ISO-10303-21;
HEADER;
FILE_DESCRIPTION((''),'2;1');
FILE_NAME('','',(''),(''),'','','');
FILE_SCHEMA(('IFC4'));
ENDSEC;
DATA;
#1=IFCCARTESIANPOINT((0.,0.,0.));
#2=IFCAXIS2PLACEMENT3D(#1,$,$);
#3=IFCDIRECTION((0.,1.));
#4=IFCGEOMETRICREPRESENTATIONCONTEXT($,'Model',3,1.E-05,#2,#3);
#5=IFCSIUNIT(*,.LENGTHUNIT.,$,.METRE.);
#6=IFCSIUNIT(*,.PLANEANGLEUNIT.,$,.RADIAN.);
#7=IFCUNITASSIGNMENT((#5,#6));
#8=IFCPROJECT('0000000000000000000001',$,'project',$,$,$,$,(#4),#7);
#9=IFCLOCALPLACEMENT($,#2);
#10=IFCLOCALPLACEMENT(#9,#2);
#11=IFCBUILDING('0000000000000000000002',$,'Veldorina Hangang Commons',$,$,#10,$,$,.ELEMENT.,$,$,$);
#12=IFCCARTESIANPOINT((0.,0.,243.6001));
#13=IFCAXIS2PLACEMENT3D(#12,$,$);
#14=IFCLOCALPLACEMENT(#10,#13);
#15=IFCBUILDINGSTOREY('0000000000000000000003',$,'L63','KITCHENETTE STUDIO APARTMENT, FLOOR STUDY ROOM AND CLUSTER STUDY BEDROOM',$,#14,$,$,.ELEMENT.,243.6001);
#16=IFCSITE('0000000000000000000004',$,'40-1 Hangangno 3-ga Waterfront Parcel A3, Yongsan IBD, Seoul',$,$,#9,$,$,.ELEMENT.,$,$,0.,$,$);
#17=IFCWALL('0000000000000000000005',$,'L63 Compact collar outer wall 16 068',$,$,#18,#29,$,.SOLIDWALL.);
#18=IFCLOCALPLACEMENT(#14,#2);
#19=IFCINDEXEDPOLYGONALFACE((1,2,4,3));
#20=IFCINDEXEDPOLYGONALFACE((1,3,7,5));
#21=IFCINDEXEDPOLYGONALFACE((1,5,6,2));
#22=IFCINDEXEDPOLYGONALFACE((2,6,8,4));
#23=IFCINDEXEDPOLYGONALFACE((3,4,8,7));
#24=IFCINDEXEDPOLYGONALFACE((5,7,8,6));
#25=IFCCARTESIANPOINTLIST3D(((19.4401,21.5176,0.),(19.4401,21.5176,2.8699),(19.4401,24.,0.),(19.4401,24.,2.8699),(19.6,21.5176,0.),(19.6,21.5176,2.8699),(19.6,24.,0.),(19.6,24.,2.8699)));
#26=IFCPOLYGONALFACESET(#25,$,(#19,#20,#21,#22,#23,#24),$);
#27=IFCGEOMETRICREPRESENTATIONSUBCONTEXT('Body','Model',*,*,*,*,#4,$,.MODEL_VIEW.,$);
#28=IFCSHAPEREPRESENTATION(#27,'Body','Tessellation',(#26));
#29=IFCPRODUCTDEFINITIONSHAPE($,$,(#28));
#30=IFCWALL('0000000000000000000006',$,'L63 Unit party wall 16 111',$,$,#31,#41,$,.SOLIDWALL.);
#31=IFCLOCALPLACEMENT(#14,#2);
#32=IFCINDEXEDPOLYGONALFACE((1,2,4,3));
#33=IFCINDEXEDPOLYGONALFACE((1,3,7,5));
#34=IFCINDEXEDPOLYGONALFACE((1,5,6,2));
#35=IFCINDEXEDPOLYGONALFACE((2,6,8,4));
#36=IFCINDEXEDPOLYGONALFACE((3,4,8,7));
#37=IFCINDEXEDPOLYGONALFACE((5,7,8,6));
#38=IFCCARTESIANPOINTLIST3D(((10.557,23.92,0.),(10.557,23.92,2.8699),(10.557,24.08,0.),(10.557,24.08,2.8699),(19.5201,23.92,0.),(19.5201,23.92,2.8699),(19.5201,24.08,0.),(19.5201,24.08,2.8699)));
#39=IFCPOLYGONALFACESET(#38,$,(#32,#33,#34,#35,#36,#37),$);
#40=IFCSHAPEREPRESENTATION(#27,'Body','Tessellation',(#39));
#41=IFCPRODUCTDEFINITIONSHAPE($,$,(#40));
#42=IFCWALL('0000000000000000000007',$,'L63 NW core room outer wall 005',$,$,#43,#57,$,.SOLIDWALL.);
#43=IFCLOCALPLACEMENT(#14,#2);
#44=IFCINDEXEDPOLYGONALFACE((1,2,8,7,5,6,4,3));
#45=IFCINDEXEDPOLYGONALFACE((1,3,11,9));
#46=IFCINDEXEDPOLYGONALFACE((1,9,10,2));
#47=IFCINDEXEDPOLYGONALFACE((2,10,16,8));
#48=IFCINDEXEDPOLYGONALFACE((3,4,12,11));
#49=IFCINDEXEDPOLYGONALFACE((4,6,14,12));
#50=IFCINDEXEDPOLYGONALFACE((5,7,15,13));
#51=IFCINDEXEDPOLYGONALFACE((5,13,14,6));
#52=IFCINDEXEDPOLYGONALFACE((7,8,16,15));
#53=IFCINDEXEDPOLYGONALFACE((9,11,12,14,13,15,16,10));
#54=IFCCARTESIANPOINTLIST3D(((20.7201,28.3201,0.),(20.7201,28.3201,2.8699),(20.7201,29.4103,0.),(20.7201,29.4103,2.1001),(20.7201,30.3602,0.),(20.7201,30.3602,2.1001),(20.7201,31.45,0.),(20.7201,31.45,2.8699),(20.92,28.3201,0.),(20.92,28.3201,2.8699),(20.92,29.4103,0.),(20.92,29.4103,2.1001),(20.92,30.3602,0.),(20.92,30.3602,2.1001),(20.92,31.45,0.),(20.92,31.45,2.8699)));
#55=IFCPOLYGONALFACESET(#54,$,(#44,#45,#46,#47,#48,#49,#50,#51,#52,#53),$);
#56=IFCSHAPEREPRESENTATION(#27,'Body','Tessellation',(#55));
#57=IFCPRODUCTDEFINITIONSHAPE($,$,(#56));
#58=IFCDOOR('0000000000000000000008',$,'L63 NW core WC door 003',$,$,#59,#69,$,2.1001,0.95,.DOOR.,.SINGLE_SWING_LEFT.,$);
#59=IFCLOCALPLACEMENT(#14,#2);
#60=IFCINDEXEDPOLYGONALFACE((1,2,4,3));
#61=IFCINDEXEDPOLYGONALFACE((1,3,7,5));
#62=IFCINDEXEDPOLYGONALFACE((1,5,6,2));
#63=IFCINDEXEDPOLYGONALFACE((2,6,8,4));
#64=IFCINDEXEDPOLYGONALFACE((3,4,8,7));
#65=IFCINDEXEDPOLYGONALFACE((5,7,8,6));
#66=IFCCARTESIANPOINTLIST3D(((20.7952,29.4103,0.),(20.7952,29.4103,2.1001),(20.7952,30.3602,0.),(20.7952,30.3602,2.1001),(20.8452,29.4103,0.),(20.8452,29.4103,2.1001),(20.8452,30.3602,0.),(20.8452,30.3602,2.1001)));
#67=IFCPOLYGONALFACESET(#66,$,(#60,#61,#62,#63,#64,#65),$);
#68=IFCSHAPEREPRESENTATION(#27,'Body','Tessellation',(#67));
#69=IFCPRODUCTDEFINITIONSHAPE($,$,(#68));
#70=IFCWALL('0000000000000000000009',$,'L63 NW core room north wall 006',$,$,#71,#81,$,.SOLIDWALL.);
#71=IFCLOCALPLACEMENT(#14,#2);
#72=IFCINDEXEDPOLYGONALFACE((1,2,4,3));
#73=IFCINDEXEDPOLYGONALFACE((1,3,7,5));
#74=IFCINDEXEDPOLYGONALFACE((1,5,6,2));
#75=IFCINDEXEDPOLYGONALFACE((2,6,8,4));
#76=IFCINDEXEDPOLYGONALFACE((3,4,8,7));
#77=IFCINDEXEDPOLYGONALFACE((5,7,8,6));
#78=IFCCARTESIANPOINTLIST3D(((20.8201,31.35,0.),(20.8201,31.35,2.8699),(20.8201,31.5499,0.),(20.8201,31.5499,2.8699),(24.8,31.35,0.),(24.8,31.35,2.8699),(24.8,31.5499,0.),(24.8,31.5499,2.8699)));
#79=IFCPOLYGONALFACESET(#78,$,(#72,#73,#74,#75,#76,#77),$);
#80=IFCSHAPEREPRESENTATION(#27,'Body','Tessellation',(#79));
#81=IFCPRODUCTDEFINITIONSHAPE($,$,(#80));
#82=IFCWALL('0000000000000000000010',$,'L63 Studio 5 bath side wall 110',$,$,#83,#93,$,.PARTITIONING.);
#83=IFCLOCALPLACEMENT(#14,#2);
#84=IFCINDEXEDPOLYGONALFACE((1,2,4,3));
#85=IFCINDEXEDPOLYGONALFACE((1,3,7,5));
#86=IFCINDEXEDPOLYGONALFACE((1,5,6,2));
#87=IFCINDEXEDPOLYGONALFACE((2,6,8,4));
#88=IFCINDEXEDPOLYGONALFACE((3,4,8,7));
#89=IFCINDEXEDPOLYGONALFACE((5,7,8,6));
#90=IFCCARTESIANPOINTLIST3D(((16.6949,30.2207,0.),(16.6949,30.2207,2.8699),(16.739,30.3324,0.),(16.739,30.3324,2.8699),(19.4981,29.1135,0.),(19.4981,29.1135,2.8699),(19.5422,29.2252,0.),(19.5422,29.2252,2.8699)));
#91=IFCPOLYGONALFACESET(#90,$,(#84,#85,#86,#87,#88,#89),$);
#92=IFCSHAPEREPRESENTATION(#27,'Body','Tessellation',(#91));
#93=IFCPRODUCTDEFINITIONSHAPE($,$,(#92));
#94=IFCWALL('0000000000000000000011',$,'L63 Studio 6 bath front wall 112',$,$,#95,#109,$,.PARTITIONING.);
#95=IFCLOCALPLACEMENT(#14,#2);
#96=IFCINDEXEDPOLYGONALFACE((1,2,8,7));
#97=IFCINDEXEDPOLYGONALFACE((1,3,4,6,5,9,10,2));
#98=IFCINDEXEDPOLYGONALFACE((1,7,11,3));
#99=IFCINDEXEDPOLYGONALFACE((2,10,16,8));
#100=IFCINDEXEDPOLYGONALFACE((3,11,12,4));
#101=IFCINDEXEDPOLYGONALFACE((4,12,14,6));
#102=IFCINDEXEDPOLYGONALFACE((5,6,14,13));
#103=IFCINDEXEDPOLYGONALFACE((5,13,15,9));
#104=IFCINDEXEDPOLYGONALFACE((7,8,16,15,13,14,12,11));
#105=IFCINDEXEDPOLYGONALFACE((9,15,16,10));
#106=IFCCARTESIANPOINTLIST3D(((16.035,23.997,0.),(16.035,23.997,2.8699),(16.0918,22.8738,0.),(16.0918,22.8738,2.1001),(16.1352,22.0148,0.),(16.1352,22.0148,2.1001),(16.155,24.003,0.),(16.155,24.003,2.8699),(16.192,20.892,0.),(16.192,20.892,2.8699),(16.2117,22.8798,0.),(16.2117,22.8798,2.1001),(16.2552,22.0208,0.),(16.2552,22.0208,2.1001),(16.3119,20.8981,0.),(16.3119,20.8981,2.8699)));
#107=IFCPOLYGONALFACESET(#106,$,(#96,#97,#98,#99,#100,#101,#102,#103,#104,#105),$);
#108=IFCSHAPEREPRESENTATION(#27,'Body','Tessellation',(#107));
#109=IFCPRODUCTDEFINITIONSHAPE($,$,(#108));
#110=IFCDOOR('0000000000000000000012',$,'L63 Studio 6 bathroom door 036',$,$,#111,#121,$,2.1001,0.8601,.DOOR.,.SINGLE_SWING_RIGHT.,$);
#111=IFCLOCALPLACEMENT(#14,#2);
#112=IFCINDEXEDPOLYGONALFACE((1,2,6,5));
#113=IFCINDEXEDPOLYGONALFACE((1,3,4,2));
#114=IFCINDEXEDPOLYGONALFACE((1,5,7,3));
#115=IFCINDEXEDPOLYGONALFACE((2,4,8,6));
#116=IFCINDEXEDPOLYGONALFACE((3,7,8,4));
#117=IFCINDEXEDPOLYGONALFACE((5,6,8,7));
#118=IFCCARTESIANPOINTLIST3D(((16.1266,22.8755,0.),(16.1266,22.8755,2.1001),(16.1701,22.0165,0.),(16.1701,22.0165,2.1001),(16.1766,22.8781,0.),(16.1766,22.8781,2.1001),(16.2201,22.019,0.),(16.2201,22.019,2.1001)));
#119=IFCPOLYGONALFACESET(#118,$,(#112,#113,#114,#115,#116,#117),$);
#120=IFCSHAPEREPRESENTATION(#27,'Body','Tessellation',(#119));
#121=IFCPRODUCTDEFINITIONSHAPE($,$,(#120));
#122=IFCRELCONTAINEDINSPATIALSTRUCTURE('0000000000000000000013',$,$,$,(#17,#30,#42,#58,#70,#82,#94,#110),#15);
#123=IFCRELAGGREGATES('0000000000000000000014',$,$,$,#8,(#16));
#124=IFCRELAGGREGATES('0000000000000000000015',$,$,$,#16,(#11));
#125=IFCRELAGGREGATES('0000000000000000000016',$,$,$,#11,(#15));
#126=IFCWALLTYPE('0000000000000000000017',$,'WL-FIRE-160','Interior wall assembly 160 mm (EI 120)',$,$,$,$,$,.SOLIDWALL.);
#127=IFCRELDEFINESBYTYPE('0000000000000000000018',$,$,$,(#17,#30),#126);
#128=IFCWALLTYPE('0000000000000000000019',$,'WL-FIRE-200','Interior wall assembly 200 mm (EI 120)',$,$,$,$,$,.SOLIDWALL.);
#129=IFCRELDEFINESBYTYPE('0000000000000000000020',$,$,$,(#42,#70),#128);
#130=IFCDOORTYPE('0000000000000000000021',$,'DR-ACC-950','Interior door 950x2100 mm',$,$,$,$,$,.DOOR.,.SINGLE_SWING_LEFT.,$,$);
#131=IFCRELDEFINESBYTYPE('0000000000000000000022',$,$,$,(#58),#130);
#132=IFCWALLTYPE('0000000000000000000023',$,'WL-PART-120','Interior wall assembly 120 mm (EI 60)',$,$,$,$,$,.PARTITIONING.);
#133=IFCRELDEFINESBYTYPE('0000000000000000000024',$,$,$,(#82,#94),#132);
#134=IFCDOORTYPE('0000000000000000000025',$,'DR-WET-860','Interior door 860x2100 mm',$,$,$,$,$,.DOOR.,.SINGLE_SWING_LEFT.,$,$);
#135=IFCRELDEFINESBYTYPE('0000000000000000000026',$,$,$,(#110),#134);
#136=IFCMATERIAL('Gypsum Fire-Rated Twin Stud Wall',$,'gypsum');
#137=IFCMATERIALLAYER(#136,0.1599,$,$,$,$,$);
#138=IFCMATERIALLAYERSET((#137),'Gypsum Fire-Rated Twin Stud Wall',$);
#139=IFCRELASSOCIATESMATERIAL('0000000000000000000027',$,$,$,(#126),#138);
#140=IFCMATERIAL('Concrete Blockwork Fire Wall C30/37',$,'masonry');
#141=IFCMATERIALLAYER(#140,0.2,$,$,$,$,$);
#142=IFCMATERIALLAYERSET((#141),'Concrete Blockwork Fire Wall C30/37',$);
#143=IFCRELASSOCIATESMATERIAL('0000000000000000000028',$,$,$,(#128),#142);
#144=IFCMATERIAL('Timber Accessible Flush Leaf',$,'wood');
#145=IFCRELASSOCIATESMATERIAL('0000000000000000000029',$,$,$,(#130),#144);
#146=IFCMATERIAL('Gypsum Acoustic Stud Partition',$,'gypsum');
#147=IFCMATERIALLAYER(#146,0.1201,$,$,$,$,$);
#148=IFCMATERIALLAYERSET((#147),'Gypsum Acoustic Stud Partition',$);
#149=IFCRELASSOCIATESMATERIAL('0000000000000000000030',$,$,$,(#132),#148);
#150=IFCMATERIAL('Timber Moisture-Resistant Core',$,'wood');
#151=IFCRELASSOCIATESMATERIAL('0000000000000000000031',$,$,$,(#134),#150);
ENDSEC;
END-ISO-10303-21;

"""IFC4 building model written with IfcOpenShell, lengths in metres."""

from ifc_helpers import new_model, si_unit, direction, frame, frame_2d, origin, place, context, subcontext, project, spatial, rectangle, extrude, material, layer, layer_set, type_object, element, fill, save


model = new_model("IFC4")

# Units and contexts
model_context = context("Model", 3, precision=1e-05, world=origin(), true_north=direction((0.0, 1.0)))
body_context = subcontext(model_context, "Body", "Model", "MODEL_VIEW")
ifc_project = project(units=[si_unit("LENGTHUNIT", "METRE"), si_unit("PLANEANGLEUNIT", "RADIAN")], contexts=[model_context])

# Site, building, storey
site_placement = place(None, origin())
site = spatial("IfcSite", under=ifc_project, at=site_placement, Name="40-1 Hangangno 3-ga Waterfront Parcel A3, Yongsan IBD, Seoul", CompositionType="ELEMENT", RefElevation=0.0)
building_placement = place(site_placement, origin())
building = spatial("IfcBuilding", under=site, at=building_placement, Name="Veldorina Hangang Commons", CompositionType="ELEMENT")
storey_placement = place(building_placement, frame((0.0, 0.0, 243.6001)))
storey = spatial("IfcBuildingStorey", under=building, at=storey_placement, Name="L63", Description="KITCHENETTE STUDIO APARTMENT, FLOOR STUDY ROOM AND CLUSTER STUDY BEDROOM", CompositionType="ELEMENT", Elevation=243.6001)

# Shared definitions
ifc_material_1 = material(Name="Gypsum Fire-Rated Twin Stud Wall", Category="gypsum")
ifc_layer_1 = layer(ifc_material_1, 0.1599)
ifc_layer_set_1 = layer_set([ifc_layer_1], Name="Gypsum Fire-Rated Twin Stud Wall")
wall_type_1 = type_object("IfcWallType", Name="WL-FIRE-160", Description="Interior wall assembly 160 mm (EI 120)", PredefinedType="SOLIDWALL", material=ifc_layer_set_1)

# Walls
for number, where, z_axis, x_axis, name in (
    (1, (19.52, 24.0, 0.0), (0.0, 0.0, 1.0), (0.0, -1.0, 0.0), "L63 Compact collar outer wall 16 068"),
):
    element("IfcWall", number, at=place(storey_placement, frame(where, z_axis=z_axis, x_axis=x_axis)), inside=storey, type_object=wall_type_1, Name=name, PredefinedType="SOLIDWALL", context=body_context, shape_type="SweptSolid", body=[
        extrude(rectangle(XDim=2.4824, YDim=0.1599, at=frame_2d((1.2412, 0.0))), origin(), (0.0, 0.0, 1.0), 2.8699),
    ])
wall_1_placement = place(storey_placement, frame((19.52, 24.0, 0.0), z_axis=(0.0, 0.0, 1.0), x_axis=(-1.0, 0.0, 0.0)))
element("IfcWall", 2, at=wall_1_placement, inside=storey, type_object=wall_type_1, Name="L63 Unit party wall 16 111", PredefinedType="SOLIDWALL", context=body_context, shape_type="SweptSolid", body=[
    extrude(rectangle(XDim=8.9631, YDim=0.1599, at=frame_2d((4.4814, 0.0))), origin(), (0.0, 0.0, 1.0), 2.8699),
])

# Wall, opening, door
ifc_material_2 = material(Name="Concrete Blockwork Fire Wall C30/37", Category="masonry")
ifc_layer_2 = layer(ifc_material_2, 0.2)
ifc_layer_set_2 = layer_set([ifc_layer_2], Name="Concrete Blockwork Fire Wall C30/37")
wall_type_2 = type_object("IfcWallType", Name="WL-FIRE-200", Description="Interior wall assembly 200 mm (EI 120)", PredefinedType="SOLIDWALL", material=ifc_layer_set_2)
wall_2_placement = place(storey_placement, frame((20.8201, 28.3201, 0.0), z_axis=(0.0, 0.0, 1.0), x_axis=(0.0, 1.0, 0.0)))
wall_2 = element("IfcWall", 3, at=wall_2_placement, inside=storey, type_object=wall_type_2, Name="L63 NW core room outer wall 005", PredefinedType="SOLIDWALL", context=body_context, shape_type="SweptSolid", body=[
    extrude(rectangle(XDim=3.1299, YDim=0.2, at=frame_2d((1.5649, 0.0))), origin(), (0.0, 0.0, 1.0), 2.8699),
])
opening_1_placement = place(wall_2_placement, frame((1.0901, 0.0, 0.0)))
opening_1 = element("IfcOpeningElement", 4, at=opening_1_placement, cuts=wall_2, PredefinedType="OPENING", context=body_context, shape_type="SweptSolid", body=[
    extrude(rectangle(XDim=0.95, YDim=2.1001, at=frame_2d((0.4751, 1.05))), frame((0.0, 0.1099, 0.0), z_axis=(0.0, -1.0, 0.0), x_axis=(1.0, 0.0, 0.0)), (0.0, 0.0, 1.0), 0.22),
])
ifc_material_3 = material(Name="Timber Accessible Flush Leaf", Category="wood")
door_type_1 = type_object("IfcDoorType", Name="DR-ACC-950", Description="Interior door 950x2100 mm", OperationType="SINGLE_SWING_LEFT", PredefinedType="DOOR", material=ifc_material_3)
door_1_placement = place(opening_1_placement, origin())
door_1 = element("IfcDoor", 5, at=door_1_placement, inside=storey, type_object=door_type_1, Name="L63 NW core WC door 003", OperationType="SINGLE_SWING_LEFT", OverallHeight=2.1001, OverallWidth=0.95, PredefinedType="DOOR", context=body_context, shape_type="SweptSolid", body=[
    extrude(rectangle(XDim=0.95, YDim=2.1001, at=frame_2d((0.4751, 1.05))), frame((0.0, 0.0249, 0.0), z_axis=(0.0, -1.0, 0.0), x_axis=(1.0, 0.0, 0.0)), (0.0, 0.0, 1.0), 0.05),
])
fill(opening_1, door_1)

# Walls
wall_3_placement = place(storey_placement, frame((20.8201, 31.45, 0.0), z_axis=(0.0, 0.0, 1.0), x_axis=(1.0, 0.0, 0.0)))
element("IfcWall", 6, at=wall_3_placement, inside=storey, type_object=wall_type_2, Name="L63 NW core room north wall 006", PredefinedType="SOLIDWALL", context=body_context, shape_type="SweptSolid", body=[
    extrude(rectangle(XDim=3.98, YDim=0.2, at=frame_2d((1.99, 0.0))), origin(), (0.0, 0.0, 1.0), 2.8699),
])
ifc_material_4 = material(Name="Gypsum Acoustic Stud Partition", Category="gypsum")
ifc_layer_3 = layer(ifc_material_4, 0.1201)
ifc_layer_set_3 = layer_set([ifc_layer_3], Name="Gypsum Acoustic Stud Partition")
wall_type_3 = type_object("IfcWallType", Name="WL-PART-120", Description="Interior wall assembly 120 mm (EI 60)", PredefinedType="PARTITIONING", material=ifc_layer_set_3)
wall_4_placement = place(storey_placement, frame((19.52, 29.1694, 0.0), z_axis=(0.0, 0.0, 1.0), x_axis=(-0.930082, 0.367351, 0.0)))
element("IfcWall", 7, at=wall_4_placement, inside=storey, type_object=wall_type_3, Name="L63 Studio 5 bath side wall 110", PredefinedType="PARTITIONING", context=body_context, shape_type="SweptSolid", body=[
    extrude(rectangle(XDim=3.0139, YDim=0.1201, at=frame_2d((1.5068, 0.0))), origin(), (0.0, 0.0, 1.0), 2.8699),
])

# Wall, opening, door
wall_5_placement = place(storey_placement, frame((16.095, 24.0, 0.0), z_axis=(0.0, 0.0, 1.0), x_axis=(0.050494, -0.998724, 0.0)))
wall_5 = element("IfcWall", 8, at=wall_5_placement, inside=storey, type_object=wall_type_3, Name="L63 Studio 6 bath front wall 112", PredefinedType="PARTITIONING", context=body_context, shape_type="SweptSolid", body=[
    extrude(rectangle(XDim=3.1089, YDim=0.1201, at=frame_2d((1.5544, 0.0))), origin(), (0.0, 0.0, 1.0), 2.8699),
])
opening_2_placement = place(wall_5_placement, frame((1.1245, 0.0, 0.0)))
opening_2 = element("IfcOpeningElement", 9, at=opening_2_placement, cuts=wall_5, PredefinedType="OPENING", context=body_context, shape_type="SweptSolid", body=[
    extrude(rectangle(XDim=0.8601, YDim=2.1001, at=frame_2d((0.4302, 1.05))), frame((0.0, 0.0701, 0.0), z_axis=(0.0, -1.0, 0.0), x_axis=(1.0, 0.0, 0.0)), (0.0, 0.0, 1.0), 0.1401),
])
ifc_material_5 = material(Name="Timber Moisture-Resistant Core", Category="wood")
door_type_2 = type_object("IfcDoorType", Name="DR-WET-860", Description="Interior door 860x2100 mm", OperationType="SINGLE_SWING_LEFT", PredefinedType="DOOR", material=ifc_material_5)
door_2_placement = place(opening_2_placement, origin())
door_2 = element("IfcDoor", 10, at=door_2_placement, inside=storey, type_object=door_type_2, Name="L63 Studio 6 bathroom door 036", OperationType="SINGLE_SWING_RIGHT", OverallHeight=2.1001, OverallWidth=0.8601, PredefinedType="DOOR", context=body_context, shape_type="SweptSolid", body=[
    extrude(rectangle(XDim=0.8601, YDim=2.1001, at=frame_2d((0.4302, 1.05))), frame((0.0, 0.0249, 0.0), z_axis=(0.0, -1.0, 0.0), x_axis=(1.0, 0.0, 0.0)), (0.0, 0.0, 1.0), 0.05),
])
fill(opening_2, door_2)

save(model, "model.ifc")
